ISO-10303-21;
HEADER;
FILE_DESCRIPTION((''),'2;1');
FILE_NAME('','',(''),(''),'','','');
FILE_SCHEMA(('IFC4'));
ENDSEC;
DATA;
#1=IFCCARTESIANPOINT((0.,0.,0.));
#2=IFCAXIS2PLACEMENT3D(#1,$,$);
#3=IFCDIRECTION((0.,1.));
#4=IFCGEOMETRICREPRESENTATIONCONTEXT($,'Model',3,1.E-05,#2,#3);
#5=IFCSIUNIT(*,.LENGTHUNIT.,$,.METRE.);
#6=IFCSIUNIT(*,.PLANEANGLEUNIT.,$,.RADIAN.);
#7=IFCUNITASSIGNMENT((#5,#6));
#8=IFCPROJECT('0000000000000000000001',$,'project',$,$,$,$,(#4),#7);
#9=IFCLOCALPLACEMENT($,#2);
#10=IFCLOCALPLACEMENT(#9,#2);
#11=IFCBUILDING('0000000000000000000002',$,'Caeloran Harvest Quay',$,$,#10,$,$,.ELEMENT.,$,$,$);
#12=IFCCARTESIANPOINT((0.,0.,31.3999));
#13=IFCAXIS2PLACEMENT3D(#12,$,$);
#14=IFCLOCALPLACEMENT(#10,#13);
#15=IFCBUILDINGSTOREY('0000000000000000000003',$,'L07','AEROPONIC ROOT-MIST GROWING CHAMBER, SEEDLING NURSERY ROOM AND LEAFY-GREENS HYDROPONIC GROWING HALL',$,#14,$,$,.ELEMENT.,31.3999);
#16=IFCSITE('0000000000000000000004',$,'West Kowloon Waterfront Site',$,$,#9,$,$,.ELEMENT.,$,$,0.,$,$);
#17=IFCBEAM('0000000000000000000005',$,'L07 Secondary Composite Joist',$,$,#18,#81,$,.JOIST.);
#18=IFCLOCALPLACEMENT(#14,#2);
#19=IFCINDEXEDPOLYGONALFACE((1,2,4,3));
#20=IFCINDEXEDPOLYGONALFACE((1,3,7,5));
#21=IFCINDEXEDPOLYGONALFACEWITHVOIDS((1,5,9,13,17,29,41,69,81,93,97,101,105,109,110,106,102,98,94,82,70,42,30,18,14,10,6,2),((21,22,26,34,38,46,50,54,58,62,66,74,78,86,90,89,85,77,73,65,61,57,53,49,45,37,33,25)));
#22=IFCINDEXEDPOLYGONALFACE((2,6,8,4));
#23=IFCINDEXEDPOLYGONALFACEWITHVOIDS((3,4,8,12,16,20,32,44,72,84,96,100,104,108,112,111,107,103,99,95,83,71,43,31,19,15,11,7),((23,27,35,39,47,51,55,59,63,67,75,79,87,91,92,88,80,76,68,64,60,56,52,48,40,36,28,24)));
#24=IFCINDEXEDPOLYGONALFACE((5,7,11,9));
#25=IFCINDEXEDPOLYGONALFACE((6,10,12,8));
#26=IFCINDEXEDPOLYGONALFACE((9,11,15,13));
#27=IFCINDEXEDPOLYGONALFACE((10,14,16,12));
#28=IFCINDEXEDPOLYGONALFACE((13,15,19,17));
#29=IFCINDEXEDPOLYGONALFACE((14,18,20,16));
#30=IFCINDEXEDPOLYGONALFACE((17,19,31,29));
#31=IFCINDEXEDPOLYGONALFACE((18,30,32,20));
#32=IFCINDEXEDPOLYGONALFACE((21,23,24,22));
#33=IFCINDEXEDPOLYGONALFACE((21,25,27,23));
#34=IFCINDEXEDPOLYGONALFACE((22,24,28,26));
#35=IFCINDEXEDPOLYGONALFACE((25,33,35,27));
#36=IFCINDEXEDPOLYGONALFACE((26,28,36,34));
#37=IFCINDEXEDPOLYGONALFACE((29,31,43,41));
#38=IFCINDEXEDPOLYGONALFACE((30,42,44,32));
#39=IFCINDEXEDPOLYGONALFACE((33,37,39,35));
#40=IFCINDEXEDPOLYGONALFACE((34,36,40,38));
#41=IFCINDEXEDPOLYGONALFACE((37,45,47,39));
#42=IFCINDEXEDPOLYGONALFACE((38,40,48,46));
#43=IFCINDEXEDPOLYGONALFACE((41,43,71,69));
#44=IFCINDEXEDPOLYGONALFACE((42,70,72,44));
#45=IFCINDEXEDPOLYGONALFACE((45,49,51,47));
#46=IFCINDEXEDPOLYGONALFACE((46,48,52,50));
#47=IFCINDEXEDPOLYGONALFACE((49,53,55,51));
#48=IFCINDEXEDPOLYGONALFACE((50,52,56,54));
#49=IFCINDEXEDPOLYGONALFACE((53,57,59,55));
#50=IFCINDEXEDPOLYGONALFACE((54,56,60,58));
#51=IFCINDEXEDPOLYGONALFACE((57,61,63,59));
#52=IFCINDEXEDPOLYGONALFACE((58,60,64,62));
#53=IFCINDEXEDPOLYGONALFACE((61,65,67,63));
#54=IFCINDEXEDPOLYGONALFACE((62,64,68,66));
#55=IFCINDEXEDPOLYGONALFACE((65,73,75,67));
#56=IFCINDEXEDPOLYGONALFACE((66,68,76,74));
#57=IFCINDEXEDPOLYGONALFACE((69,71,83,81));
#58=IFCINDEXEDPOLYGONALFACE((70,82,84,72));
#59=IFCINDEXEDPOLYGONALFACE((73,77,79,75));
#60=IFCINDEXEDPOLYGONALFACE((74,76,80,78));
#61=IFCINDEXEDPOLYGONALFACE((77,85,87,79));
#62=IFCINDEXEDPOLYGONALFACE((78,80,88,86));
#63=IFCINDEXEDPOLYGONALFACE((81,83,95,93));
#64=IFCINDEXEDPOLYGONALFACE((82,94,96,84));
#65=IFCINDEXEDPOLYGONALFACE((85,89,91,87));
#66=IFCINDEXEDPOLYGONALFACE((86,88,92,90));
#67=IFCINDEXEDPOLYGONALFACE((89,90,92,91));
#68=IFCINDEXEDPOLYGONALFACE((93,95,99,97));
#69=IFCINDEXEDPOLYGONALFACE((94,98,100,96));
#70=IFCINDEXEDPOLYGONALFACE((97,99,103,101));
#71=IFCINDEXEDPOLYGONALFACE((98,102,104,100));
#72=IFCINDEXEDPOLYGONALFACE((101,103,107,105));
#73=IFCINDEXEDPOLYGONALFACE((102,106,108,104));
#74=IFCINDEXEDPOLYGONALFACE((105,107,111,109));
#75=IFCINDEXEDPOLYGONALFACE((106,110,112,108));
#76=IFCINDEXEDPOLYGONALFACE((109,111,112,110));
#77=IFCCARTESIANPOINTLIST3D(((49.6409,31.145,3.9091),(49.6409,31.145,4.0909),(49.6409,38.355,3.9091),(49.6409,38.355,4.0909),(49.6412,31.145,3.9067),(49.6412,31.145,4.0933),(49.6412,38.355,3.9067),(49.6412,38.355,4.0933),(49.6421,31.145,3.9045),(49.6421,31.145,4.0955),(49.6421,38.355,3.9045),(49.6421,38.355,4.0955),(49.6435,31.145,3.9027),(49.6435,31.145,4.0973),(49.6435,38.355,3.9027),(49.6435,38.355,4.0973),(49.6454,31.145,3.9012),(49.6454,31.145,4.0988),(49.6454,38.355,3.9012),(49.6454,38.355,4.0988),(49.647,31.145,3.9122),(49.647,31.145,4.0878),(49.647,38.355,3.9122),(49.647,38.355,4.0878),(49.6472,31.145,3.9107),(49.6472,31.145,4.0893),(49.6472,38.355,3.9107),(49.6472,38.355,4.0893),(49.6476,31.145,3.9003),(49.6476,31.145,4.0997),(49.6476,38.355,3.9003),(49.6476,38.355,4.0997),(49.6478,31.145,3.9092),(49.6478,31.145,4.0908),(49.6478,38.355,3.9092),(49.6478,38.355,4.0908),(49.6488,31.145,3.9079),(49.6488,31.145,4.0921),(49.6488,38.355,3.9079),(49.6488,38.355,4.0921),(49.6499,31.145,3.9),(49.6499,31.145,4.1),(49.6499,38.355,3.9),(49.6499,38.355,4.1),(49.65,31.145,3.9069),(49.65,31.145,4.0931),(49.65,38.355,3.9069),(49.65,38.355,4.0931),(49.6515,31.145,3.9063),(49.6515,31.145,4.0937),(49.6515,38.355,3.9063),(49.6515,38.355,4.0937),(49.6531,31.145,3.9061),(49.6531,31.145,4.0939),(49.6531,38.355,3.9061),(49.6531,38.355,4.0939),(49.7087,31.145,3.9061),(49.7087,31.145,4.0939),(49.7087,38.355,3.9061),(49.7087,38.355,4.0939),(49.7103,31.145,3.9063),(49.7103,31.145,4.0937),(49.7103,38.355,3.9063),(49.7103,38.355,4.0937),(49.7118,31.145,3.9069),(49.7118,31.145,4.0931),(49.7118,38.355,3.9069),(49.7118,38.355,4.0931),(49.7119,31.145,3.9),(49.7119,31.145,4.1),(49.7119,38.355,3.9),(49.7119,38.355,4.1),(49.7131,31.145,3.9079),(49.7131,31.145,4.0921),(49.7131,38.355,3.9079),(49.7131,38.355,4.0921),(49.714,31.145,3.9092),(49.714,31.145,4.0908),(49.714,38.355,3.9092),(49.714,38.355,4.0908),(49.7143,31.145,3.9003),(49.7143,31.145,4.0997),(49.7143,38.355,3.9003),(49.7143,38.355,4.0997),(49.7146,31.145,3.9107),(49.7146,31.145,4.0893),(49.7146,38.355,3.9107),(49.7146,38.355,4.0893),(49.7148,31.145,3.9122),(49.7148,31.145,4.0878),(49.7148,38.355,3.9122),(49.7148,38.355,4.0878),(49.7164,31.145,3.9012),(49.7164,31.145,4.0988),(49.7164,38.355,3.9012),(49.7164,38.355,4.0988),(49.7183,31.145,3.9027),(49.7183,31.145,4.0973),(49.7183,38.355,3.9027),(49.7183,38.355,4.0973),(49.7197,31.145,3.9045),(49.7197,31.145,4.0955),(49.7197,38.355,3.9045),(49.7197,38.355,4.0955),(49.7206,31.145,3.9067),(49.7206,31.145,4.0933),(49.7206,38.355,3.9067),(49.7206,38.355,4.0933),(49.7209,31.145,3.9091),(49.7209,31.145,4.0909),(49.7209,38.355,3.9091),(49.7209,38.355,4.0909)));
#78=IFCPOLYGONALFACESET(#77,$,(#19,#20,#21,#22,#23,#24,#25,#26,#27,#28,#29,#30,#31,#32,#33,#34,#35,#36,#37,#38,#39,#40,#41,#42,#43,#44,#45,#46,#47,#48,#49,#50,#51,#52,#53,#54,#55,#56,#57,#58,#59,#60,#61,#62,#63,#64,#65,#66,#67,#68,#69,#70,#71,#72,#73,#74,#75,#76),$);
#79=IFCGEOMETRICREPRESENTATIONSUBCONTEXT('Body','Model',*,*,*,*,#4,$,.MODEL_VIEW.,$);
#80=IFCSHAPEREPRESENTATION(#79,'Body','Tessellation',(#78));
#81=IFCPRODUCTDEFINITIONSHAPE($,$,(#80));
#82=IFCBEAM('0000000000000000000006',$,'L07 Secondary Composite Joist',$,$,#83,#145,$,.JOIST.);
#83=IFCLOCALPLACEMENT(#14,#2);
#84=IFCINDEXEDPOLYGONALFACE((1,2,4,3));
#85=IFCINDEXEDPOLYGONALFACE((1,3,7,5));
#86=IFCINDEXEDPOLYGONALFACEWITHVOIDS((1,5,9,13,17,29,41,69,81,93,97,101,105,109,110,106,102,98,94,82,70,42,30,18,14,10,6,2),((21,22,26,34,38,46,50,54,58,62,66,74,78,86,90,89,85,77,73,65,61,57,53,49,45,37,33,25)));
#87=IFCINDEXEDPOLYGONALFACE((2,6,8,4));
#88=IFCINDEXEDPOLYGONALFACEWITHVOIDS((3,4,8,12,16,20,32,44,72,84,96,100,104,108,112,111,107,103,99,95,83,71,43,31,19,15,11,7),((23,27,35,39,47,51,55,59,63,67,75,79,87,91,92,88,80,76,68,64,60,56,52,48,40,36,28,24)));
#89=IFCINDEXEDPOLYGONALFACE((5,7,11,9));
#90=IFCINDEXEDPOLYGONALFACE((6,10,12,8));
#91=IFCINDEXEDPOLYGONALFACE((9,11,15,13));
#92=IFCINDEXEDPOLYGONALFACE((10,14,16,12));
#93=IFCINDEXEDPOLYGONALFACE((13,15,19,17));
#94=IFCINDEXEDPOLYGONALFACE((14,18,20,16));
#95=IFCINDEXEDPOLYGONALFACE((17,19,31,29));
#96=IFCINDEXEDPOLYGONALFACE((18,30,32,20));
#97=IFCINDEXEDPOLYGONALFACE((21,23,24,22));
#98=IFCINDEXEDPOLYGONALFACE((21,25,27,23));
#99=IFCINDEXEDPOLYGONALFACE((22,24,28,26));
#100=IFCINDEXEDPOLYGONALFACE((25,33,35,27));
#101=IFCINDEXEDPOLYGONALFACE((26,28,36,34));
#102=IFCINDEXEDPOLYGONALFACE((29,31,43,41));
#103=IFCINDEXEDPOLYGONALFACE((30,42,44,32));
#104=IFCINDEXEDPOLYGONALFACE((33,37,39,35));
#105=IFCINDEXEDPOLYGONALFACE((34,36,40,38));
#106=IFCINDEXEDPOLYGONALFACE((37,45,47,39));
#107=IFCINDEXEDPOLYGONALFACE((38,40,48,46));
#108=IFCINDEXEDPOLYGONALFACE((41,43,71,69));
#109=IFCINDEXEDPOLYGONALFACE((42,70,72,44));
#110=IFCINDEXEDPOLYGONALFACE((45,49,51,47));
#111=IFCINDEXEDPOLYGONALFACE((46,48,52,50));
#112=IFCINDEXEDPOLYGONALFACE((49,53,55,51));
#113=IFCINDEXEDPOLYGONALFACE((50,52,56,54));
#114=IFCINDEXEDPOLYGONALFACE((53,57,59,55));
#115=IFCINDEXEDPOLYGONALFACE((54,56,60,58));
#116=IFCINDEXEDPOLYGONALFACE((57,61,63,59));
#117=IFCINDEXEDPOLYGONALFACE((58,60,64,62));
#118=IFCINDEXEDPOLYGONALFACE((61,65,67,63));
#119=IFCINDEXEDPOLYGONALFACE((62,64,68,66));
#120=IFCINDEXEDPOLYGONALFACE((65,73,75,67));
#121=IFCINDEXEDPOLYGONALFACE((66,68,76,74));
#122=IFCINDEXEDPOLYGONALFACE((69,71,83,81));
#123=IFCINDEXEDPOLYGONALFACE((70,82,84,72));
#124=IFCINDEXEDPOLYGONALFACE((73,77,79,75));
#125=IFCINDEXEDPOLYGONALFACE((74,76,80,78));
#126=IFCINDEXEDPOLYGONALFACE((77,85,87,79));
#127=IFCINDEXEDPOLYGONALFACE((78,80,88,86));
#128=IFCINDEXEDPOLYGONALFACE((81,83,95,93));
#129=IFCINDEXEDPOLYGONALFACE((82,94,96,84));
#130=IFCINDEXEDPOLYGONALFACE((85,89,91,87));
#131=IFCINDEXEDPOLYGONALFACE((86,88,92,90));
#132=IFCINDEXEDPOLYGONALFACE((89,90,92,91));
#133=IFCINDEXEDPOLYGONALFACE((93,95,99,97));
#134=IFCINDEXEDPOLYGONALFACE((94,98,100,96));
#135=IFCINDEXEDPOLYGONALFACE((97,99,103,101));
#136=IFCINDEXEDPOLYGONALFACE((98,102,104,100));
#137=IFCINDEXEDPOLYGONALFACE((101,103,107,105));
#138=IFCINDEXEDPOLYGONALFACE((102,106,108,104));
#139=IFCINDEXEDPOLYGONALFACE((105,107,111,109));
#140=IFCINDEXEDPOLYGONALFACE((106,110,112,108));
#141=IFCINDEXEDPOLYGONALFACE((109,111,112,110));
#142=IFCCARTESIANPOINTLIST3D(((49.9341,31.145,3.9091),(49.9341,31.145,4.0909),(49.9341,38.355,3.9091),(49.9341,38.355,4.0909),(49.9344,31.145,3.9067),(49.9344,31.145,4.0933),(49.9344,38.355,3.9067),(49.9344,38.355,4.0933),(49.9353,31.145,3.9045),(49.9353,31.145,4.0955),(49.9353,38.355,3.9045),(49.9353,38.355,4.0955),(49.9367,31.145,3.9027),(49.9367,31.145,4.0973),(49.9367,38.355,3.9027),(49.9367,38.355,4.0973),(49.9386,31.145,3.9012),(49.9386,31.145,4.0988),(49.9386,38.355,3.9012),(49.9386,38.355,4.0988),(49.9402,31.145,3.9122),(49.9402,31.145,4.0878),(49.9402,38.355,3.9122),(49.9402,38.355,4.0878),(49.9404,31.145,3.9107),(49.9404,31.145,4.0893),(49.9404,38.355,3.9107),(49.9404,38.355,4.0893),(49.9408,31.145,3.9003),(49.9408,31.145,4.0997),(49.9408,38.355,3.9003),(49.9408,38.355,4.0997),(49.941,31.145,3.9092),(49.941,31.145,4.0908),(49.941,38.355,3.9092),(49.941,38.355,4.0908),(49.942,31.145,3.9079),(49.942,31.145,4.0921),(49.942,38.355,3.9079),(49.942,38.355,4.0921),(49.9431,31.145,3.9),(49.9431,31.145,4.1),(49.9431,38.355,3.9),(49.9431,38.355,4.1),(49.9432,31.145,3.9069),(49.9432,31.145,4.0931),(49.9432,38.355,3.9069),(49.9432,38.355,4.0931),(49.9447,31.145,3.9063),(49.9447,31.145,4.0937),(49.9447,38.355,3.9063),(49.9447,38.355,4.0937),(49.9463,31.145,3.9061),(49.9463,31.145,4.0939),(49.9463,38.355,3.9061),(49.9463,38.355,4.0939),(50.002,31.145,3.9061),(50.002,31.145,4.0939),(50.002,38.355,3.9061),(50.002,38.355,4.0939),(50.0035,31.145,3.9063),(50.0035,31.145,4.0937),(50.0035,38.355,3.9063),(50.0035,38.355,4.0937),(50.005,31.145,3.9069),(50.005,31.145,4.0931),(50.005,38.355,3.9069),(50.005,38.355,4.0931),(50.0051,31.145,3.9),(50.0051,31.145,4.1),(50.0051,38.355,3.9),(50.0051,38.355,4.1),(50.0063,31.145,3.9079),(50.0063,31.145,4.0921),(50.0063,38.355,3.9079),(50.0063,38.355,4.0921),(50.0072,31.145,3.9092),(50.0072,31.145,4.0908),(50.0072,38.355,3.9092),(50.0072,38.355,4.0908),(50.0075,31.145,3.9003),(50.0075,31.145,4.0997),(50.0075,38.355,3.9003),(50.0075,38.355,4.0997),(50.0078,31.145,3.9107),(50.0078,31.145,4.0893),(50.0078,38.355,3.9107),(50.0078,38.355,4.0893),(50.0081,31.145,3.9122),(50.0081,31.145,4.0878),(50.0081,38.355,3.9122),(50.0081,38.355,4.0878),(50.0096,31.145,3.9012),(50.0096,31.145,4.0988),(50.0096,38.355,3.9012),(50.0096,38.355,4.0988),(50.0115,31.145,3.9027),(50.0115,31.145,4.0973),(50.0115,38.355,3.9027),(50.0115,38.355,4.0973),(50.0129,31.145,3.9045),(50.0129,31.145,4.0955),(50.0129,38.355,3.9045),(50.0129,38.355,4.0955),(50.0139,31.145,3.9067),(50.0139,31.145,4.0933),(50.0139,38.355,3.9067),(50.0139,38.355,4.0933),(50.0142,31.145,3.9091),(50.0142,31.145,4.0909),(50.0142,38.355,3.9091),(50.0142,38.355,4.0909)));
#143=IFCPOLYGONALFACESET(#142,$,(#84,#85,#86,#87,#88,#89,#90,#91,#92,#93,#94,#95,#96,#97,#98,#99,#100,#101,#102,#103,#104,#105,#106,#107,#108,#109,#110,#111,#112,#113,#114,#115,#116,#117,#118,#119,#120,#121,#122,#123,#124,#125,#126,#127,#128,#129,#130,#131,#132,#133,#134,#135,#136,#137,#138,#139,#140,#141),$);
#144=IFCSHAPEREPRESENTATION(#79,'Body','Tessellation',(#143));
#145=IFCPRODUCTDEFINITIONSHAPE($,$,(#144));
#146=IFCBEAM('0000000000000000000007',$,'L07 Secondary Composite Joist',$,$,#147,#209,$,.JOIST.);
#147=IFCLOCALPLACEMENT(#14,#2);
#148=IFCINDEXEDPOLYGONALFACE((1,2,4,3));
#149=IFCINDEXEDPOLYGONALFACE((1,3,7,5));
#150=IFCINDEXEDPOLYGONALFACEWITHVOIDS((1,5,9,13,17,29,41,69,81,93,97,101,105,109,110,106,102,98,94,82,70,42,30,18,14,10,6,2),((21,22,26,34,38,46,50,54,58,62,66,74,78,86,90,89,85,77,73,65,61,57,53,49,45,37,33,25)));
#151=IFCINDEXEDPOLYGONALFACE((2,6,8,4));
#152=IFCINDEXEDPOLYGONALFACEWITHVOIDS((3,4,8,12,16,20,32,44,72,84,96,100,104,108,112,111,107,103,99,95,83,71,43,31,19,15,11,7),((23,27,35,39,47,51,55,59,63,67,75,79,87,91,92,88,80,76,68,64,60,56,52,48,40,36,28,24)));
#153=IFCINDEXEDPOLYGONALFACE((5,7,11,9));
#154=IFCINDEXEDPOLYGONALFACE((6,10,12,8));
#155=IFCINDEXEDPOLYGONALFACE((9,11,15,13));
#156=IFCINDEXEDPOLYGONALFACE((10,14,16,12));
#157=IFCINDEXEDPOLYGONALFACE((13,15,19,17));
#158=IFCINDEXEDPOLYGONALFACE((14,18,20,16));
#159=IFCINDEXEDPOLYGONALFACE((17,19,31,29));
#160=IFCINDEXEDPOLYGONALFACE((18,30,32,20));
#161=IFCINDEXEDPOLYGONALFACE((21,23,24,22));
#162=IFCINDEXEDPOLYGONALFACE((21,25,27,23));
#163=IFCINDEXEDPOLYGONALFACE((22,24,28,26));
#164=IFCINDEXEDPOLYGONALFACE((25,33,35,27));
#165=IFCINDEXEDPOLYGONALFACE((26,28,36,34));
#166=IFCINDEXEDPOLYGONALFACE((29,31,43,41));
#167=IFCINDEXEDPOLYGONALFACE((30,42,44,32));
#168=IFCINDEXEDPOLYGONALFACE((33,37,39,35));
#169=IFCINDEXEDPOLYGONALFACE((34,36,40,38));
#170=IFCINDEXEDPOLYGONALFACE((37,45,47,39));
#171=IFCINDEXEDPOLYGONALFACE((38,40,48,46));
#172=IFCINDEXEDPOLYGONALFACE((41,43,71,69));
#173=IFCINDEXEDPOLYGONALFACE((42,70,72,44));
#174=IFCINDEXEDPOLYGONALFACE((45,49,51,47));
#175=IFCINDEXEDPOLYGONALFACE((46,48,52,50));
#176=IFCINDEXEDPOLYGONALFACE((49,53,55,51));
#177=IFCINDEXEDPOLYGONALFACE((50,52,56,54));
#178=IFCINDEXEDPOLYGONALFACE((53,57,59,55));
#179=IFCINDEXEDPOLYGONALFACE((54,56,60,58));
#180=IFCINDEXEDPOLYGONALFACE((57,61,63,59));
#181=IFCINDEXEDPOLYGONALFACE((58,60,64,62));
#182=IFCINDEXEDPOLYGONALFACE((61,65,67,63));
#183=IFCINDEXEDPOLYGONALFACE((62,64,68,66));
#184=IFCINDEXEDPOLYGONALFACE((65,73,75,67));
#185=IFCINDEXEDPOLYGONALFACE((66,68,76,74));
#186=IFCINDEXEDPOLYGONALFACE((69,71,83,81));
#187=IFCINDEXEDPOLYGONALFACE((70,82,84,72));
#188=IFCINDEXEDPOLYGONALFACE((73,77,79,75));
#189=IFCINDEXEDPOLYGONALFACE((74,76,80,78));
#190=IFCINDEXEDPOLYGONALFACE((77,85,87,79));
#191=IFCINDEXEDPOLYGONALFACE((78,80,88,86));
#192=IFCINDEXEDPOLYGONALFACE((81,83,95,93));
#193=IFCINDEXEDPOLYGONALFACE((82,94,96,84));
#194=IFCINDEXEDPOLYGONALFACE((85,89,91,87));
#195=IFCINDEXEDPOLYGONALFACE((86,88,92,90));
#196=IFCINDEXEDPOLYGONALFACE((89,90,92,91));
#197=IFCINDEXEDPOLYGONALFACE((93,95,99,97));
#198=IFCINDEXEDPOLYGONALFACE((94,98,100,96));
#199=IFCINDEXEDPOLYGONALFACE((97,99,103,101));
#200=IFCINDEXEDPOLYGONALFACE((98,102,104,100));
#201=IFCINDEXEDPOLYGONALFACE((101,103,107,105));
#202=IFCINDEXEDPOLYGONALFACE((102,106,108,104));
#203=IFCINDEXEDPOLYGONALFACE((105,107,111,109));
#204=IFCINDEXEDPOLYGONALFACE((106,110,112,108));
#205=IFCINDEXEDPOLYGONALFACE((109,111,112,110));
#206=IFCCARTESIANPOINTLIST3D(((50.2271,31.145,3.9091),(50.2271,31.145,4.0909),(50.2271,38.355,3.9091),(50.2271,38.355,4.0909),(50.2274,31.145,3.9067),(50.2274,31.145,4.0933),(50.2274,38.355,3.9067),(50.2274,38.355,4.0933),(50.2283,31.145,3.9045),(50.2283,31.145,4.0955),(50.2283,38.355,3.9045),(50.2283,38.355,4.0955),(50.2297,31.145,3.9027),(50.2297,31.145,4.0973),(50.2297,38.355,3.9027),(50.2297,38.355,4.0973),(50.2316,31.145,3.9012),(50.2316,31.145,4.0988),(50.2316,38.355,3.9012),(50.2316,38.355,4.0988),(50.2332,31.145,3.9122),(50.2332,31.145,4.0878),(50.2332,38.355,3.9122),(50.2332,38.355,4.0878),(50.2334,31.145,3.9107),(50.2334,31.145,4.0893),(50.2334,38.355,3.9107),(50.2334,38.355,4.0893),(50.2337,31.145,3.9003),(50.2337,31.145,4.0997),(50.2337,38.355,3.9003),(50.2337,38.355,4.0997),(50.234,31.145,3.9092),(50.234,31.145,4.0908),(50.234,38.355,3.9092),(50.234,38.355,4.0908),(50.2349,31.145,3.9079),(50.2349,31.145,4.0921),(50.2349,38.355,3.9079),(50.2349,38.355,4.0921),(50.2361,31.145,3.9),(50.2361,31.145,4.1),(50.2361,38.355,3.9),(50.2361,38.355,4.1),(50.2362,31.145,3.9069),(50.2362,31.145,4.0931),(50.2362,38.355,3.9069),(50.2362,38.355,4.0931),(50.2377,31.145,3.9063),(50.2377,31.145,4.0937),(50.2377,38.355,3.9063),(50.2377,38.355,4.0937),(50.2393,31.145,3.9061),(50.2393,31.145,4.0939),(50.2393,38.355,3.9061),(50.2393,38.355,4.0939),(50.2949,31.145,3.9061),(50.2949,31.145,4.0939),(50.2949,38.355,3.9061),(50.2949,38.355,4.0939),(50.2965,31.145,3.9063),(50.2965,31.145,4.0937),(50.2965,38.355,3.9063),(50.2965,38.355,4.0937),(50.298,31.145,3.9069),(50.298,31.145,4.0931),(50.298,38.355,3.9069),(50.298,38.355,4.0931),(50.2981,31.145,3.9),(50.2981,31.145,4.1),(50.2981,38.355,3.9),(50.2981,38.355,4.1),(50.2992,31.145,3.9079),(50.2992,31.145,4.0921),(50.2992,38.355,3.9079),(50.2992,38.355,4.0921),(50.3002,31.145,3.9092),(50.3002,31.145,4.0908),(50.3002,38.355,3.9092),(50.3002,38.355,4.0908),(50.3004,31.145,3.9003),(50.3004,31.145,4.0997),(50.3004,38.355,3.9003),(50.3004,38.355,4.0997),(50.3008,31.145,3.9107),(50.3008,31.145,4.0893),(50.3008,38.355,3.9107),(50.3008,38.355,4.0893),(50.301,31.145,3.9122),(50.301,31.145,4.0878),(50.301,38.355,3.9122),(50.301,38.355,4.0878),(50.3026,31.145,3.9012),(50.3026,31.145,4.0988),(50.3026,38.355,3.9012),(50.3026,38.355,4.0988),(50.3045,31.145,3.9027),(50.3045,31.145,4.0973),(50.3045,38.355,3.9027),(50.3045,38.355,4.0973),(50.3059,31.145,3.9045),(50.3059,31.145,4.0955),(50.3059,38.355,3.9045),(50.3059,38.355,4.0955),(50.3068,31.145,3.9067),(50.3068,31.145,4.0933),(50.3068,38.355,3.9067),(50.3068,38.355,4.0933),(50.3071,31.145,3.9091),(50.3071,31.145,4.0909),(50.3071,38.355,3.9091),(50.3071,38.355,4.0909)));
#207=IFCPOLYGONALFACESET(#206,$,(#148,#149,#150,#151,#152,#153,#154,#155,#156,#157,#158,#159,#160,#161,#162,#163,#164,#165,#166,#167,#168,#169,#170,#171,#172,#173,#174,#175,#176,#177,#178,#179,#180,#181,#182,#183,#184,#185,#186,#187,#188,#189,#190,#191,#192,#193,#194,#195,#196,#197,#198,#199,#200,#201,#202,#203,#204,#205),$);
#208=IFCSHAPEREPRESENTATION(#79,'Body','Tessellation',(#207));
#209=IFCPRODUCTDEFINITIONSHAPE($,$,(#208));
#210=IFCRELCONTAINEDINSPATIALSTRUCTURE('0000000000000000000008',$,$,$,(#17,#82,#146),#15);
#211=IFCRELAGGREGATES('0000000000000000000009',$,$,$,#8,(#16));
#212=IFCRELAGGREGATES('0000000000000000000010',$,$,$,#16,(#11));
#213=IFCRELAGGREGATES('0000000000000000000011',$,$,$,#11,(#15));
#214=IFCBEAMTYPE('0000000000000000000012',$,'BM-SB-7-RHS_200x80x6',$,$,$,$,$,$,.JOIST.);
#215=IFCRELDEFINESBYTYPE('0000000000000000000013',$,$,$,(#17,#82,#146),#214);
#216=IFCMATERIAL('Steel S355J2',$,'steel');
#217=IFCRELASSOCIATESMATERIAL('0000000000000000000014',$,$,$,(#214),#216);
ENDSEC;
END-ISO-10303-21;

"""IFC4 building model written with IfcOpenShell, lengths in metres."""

from ifc_helpers import new_model, si_unit, direction, frame, origin, origin_2d, place, context, subcontext, project, spatial, hollow_rectangle, extrude, material, material_profile, profile_set, type_object, element, save


model = new_model("IFC4")

# Units and contexts
model_context = context("Model", 3, precision=1e-05, world=origin(), true_north=direction((0.0, 1.0)))
body_context = subcontext(model_context, "Body", "Model", "MODEL_VIEW")
ifc_project = project(units=[si_unit("LENGTHUNIT", "METRE"), si_unit("PLANEANGLEUNIT", "RADIAN")], contexts=[model_context])

# Site, building, storey
site_placement = place(None, origin())
site = spatial("IfcSite", under=ifc_project, at=site_placement, Name="West Kowloon Waterfront Site", CompositionType="ELEMENT", RefElevation=0.0)
building_placement = place(site_placement, origin())
building = spatial("IfcBuilding", under=site, at=building_placement, Name="Caeloran Harvest Quay", CompositionType="ELEMENT")
storey_placement = place(building_placement, frame((0.0, 0.0, 31.3999)))
storey = spatial("IfcBuildingStorey", under=building, at=storey_placement, Name="L07", Description="AEROPONIC ROOT-MIST GROWING CHAMBER, SEEDLING NURSERY ROOM AND LEAFY-GREENS HYDROPONIC GROWING HALL", CompositionType="ELEMENT", Elevation=31.3999)

# Beams
ifc_material_1 = material(Name="Steel S355J2", Category="steel")
ifc_material_profile_1 = material_profile(ifc_material_1, hollow_rectangle(XDim=0.0801, YDim=0.2, WallThickness=0.0061, InnerFilletRadius=0.0061, OuterFilletRadius=0.009, at=origin_2d()), Name="RHS 200x80x6")
ifc_profile_set_1 = profile_set([ifc_material_profile_1], Name="Steel S355J2")
beam_type_1 = type_object("IfcBeamType", Name="BM-SB-7-RHS_200x80x6", PredefinedType="JOIST", material=ifc_profile_set_1)
for number, where, z_axis, x_axis, name in (
    (1, (49.6809, 31.145, 4.0), (0.0, 1.0, 0.0), (-1.0, 0.0, 0.0), "L07 Secondary Composite Joist"),
    (2, (49.9741, 31.145, 4.0), (0.0, 1.0, 0.0), (-1.0, 0.0, 0.0), "L07 Secondary Composite Joist"),
    (3, (50.2671, 31.145, 4.0), (0.0, 1.0, 0.0), (-1.0, 0.0, 0.0), "L07 Secondary Composite Joist"),
):
    element("IfcBeam", number, at=place(storey_placement, frame(where, z_axis=z_axis, x_axis=x_axis)), inside=storey, type_object=beam_type_1, Name=name, PredefinedType="JOIST", context=body_context, shape_type="SweptSolid", body=[
        extrude(hollow_rectangle(XDim=0.0801, YDim=0.2, WallThickness=0.0061, InnerFilletRadius=0.0061, OuterFilletRadius=0.009, at=origin_2d()), origin(), (0.0, 0.0, 1.0), 7.21),
    ])

save(model, "model.ifc")
